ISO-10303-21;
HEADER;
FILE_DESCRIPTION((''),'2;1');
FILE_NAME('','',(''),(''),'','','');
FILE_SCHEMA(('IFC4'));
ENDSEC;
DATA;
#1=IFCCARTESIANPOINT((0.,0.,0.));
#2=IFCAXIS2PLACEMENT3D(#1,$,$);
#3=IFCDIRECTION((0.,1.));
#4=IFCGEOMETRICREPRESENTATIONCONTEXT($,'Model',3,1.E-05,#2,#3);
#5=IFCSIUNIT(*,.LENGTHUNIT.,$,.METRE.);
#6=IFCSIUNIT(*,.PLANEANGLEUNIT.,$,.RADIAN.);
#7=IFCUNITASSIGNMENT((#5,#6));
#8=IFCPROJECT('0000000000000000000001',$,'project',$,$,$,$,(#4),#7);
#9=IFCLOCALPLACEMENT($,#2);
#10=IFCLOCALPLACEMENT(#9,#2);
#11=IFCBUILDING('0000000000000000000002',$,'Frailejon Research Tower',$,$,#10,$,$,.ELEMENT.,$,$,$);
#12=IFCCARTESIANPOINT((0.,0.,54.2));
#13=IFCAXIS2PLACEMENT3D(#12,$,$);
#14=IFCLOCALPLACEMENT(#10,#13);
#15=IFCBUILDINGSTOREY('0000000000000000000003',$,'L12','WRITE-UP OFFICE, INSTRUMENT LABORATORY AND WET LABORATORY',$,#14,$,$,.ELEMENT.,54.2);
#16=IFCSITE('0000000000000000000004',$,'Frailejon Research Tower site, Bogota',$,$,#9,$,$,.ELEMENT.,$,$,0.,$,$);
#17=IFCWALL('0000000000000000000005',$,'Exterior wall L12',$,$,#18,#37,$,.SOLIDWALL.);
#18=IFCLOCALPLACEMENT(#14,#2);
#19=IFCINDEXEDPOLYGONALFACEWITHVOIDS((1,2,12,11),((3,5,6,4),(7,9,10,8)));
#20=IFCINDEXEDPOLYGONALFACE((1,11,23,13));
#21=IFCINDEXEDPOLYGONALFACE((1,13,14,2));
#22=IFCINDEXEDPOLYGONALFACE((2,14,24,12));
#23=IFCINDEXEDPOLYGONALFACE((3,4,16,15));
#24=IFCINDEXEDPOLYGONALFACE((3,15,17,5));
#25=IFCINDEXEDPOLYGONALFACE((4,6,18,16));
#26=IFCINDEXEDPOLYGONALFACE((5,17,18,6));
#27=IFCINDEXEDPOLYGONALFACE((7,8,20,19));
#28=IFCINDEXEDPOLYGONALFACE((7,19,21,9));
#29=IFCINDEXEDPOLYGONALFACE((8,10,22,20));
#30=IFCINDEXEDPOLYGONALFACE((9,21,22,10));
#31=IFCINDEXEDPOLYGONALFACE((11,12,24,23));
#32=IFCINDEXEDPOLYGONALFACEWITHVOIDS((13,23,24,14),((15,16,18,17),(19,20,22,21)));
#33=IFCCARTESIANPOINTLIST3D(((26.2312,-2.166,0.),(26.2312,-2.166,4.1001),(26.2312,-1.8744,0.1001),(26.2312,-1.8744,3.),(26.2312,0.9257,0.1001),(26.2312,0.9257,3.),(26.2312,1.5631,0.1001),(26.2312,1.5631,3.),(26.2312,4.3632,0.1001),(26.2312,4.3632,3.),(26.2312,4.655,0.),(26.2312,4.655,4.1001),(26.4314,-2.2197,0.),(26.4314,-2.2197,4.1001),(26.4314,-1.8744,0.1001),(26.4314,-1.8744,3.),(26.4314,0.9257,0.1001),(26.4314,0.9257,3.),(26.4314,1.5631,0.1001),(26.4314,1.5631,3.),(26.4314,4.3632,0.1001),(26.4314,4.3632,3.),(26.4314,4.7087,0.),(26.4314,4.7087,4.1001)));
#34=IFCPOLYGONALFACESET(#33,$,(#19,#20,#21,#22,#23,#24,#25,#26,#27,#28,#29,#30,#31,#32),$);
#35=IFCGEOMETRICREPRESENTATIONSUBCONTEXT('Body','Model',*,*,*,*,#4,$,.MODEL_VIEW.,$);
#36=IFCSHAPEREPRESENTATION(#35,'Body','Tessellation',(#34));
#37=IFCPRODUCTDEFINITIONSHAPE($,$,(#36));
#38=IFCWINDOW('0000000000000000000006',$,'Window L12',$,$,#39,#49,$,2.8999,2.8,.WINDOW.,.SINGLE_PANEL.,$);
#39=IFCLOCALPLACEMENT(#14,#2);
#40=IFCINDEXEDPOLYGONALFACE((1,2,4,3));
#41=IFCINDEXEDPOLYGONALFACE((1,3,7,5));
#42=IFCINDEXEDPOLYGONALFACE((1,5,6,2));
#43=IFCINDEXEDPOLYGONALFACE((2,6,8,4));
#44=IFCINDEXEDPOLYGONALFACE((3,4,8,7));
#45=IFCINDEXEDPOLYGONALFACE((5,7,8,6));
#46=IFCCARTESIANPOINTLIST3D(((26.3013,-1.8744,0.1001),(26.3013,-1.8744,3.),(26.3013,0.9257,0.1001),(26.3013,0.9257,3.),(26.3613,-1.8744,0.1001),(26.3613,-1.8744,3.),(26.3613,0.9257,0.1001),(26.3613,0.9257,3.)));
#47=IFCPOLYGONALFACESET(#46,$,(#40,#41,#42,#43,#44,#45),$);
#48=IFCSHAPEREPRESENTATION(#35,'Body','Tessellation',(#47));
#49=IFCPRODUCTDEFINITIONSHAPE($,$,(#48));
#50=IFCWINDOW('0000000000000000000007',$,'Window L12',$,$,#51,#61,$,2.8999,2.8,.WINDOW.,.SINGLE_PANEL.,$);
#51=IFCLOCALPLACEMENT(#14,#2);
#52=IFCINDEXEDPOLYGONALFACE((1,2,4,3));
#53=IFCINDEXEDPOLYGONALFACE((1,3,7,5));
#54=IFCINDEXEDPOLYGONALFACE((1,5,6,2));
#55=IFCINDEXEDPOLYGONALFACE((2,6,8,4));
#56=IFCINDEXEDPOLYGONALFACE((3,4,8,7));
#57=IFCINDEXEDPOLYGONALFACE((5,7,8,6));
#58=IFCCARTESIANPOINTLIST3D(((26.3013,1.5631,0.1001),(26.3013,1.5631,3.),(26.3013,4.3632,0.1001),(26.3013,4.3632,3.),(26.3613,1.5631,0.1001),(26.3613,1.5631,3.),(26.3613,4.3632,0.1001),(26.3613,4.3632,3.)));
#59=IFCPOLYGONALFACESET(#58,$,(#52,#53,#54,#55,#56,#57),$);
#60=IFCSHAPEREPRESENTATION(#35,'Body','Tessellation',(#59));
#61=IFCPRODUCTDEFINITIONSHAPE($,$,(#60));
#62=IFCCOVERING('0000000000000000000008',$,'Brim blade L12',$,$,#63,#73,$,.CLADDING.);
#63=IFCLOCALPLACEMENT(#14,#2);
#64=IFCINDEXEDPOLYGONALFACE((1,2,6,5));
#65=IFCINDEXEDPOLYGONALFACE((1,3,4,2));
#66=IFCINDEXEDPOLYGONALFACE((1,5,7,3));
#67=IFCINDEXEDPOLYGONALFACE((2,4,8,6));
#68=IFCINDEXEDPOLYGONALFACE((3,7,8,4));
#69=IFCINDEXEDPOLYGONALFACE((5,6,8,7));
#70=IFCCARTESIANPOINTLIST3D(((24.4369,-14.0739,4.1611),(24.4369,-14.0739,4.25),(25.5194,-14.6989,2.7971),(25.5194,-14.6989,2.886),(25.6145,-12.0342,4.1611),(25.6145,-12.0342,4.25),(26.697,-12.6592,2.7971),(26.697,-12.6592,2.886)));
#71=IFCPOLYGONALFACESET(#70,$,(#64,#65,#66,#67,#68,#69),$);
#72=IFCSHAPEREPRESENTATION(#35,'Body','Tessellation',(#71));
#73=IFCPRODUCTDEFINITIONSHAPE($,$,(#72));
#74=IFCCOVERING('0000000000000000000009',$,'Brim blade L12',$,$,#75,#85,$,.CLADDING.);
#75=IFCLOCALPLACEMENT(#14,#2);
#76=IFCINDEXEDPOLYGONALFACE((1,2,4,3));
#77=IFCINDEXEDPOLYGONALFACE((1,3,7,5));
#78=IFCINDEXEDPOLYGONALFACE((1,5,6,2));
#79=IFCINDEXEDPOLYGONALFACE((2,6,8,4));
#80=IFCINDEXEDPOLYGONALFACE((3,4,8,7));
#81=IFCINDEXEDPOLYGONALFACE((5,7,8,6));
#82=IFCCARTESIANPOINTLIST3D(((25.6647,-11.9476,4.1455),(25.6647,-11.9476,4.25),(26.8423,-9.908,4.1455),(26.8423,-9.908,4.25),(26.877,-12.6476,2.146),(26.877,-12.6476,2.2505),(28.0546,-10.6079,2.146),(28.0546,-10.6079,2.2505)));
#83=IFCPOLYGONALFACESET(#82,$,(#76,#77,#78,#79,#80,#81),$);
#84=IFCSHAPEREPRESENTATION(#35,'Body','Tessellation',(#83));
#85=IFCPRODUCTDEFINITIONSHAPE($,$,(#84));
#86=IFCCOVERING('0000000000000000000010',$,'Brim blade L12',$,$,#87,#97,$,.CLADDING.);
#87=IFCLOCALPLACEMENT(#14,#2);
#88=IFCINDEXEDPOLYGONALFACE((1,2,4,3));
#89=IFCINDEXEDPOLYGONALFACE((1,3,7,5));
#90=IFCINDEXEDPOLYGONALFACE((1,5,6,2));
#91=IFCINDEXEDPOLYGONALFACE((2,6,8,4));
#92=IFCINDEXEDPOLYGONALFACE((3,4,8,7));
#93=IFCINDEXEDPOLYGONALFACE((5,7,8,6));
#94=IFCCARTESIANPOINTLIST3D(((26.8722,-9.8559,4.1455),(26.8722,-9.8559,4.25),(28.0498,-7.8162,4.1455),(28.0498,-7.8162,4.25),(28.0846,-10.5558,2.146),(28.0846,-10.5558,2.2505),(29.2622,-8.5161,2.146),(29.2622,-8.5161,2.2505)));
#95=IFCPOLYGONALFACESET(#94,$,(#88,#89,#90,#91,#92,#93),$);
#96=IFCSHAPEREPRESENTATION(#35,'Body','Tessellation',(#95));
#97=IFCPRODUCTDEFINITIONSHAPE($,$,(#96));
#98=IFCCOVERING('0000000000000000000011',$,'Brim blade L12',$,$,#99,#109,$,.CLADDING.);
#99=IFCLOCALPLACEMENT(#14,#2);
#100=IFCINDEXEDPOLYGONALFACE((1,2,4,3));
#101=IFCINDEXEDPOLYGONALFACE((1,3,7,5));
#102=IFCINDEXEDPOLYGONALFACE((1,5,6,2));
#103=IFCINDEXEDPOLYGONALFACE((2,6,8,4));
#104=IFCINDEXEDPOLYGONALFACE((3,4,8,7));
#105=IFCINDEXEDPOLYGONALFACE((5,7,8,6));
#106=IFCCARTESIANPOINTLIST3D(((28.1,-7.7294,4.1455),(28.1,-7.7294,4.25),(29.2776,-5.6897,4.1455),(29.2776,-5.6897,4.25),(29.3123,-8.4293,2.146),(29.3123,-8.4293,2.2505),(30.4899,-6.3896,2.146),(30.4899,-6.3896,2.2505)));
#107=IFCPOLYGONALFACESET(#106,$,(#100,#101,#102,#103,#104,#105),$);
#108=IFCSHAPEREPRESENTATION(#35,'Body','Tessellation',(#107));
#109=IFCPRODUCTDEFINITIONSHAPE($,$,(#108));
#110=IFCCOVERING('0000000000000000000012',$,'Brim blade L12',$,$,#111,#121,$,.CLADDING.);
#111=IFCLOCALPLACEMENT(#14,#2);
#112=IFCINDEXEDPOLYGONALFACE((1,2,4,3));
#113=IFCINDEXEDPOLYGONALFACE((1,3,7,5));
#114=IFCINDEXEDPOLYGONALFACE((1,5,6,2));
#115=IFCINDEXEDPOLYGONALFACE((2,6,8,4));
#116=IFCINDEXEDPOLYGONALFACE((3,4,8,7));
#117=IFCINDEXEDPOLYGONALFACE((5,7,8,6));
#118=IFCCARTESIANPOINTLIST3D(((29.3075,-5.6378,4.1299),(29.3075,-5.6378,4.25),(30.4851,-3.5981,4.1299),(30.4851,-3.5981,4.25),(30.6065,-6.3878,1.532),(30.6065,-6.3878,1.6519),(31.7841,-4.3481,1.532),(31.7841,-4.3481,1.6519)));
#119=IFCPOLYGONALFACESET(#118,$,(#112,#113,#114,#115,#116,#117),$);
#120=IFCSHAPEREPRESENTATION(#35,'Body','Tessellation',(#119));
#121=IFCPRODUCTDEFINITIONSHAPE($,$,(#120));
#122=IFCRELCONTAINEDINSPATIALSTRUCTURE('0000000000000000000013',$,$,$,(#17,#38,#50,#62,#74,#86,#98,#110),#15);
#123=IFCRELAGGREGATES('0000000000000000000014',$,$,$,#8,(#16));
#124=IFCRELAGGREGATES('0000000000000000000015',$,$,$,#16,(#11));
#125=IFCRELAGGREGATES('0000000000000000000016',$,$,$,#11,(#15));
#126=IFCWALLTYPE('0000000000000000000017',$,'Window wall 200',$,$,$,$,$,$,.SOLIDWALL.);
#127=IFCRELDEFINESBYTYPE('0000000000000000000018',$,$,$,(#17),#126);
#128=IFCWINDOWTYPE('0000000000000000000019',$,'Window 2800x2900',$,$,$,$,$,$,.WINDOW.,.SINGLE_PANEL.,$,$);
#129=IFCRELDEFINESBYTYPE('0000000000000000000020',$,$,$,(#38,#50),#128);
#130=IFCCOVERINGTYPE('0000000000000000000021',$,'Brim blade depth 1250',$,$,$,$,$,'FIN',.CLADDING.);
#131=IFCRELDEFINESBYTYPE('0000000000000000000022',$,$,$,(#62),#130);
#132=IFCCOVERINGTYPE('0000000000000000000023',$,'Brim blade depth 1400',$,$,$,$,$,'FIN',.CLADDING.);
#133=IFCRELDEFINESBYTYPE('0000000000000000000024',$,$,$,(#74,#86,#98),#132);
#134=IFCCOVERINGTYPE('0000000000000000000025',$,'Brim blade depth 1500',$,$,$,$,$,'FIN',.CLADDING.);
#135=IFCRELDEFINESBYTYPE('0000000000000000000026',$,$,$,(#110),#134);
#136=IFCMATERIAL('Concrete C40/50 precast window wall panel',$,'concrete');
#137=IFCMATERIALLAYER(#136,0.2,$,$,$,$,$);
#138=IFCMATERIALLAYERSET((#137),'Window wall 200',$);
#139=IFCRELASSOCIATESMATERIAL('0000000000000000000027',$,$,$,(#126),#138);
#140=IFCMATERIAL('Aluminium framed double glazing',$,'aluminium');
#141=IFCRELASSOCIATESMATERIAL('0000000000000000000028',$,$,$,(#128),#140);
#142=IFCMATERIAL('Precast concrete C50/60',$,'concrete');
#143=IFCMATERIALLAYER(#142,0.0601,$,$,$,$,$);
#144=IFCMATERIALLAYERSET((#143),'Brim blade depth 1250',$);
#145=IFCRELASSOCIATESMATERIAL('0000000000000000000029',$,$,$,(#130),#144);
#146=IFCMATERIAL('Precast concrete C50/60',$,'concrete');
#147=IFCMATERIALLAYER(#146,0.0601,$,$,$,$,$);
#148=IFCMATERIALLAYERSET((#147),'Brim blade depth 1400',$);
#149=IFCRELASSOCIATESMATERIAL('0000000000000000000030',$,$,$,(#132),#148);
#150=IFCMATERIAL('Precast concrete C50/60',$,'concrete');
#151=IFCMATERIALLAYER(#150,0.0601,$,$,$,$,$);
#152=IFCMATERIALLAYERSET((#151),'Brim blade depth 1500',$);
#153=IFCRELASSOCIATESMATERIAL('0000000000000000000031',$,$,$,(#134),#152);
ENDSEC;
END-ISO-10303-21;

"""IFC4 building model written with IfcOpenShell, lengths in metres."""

from ifc_helpers import new_model, si_unit, direction, frame, frame_2d, origin, place, context, subcontext, project, spatial, polyline, rectangle, outline, extrude, material, layer, layer_set, type_object, element, fill, save


model = new_model("IFC4")

# Units and contexts
model_context = context("Model", 3, precision=1e-05, world=origin(), true_north=direction((0.0, 1.0)))
body_context = subcontext(model_context, "Body", "Model", "MODEL_VIEW")
ifc_project = project(units=[si_unit("LENGTHUNIT", "METRE"), si_unit("PLANEANGLEUNIT", "RADIAN")], contexts=[model_context])

# Site, building, storey
site_placement = place(None, origin())
site = spatial("IfcSite", under=ifc_project, at=site_placement, Name="Frailejon Research Tower site, Bogota", CompositionType="ELEMENT", RefElevation=0.0)
building_placement = place(site_placement, origin())
building = spatial("IfcBuilding", under=site, at=building_placement, Name="Frailejon Research Tower", CompositionType="ELEMENT")
storey_placement = place(building_placement, frame((0.0, 0.0, 54.2)))
storey = spatial("IfcBuildingStorey", under=building, at=storey_placement, Name="L12", Description="WRITE-UP OFFICE, INSTRUMENT LABORATORY AND WET LABORATORY", CompositionType="ELEMENT", Elevation=54.2)

# Wall, openings, windows
ifc_material_1 = material(Name="Concrete C40/50 precast window wall panel", Category="concrete")
ifc_layer_1 = layer(ifc_material_1, 0.2)
ifc_layer_set_1 = layer_set([ifc_layer_1], Name="Window wall 200")
wall_type_1 = type_object("IfcWallType", Name="Window wall 200", PredefinedType="SOLIDWALL", material=ifc_layer_set_1)
wall_1_placement = place(storey_placement, frame((26.3313, -2.1929, 0.0), z_axis=(0.0, 0.0, 1.0), x_axis=(0.0, 1.0, 0.0)))
wall_1 = element("IfcWall", 1, at=wall_1_placement, inside=storey, type_object=wall_type_1, Name="Exterior wall L12", PredefinedType="SOLIDWALL", context=body_context, shape_type="SweptSolid", body=[
    extrude(outline(polyline([(-0.0269, -0.1001), (1.1279, -0.1001), (2.2827, -0.1001), (3.4375, -0.1001), (4.592, -0.1001), (5.7468, -0.1001), (6.9016, -0.1001), (6.8479, 0.1001), (5.7109, 0.1001), (4.5742, 0.1001), (3.4375, 0.1001), (2.3005, 0.1001), (1.1636, 0.1001), (0.0269, 0.1001), (-0.0269, -0.1001)])), origin(), (0.0, 0.0, 1.0), 4.1001),
])
opening_1_placement = place(wall_1_placement, frame((0.3186, 0.0, 0.1001)))
opening_1 = element("IfcOpeningElement", 2, at=opening_1_placement, cuts=wall_1, PredefinedType="OPENING", context=body_context, shape_type="SweptSolid", body=[
    extrude(rectangle(XDim=2.8, YDim=2.8999, at=frame_2d((1.3999, 1.45))), frame((0.0, 0.1099, 0.0), z_axis=(0.0, -1.0, 0.0), x_axis=(1.0, 0.0, 0.0)), (0.0, 0.0, 1.0), 0.22),
])
opening_2_placement = place(wall_1_placement, frame((3.7561, 0.0, 0.1001)))
opening_2 = element("IfcOpeningElement", 3, at=opening_2_placement, cuts=wall_1, PredefinedType="OPENING", context=body_context, shape_type="SweptSolid", body=[
    extrude(rectangle(XDim=2.8, YDim=2.8999, at=frame_2d((1.3999, 1.45))), frame((0.0, 0.1099, 0.0), z_axis=(0.0, -1.0, 0.0), x_axis=(1.0, 0.0, 0.0)), (0.0, 0.0, 1.0), 0.22),
])
ifc_material_2 = material(Name="Aluminium framed double glazing", Category="aluminium")
window_type = type_object("IfcWindowType", Name="Window 2800x2900", PartitioningType="SINGLE_PANEL", PredefinedType="WINDOW", material=ifc_material_2)
window_1_placement = place(opening_1_placement, origin())
window_1 = element("IfcWindow", 4, at=window_1_placement, inside=storey, type_object=window_type, Name="Window L12", OverallHeight=2.8999, OverallWidth=2.8, PartitioningType="SINGLE_PANEL", PredefinedType="WINDOW", context=body_context, shape_type="SweptSolid", body=[
    extrude(rectangle(XDim=2.8, YDim=2.8999, at=frame_2d((1.3999, 1.45))), frame((0.0, 0.03, 0.0), z_axis=(0.0, -1.0, 0.0), x_axis=(1.0, 0.0, 0.0)), (0.0, 0.0, 1.0), 0.0601),
])
fill(opening_1, window_1)
window_2_placement = place(opening_2_placement, origin())
window_2 = element("IfcWindow", 5, at=window_2_placement, inside=storey, type_object=window_type, Name="Window L12", OverallHeight=2.8999, OverallWidth=2.8, PartitioningType="SINGLE_PANEL", PredefinedType="WINDOW", context=body_context, shape_type="SweptSolid", body=[
    extrude(rectangle(XDim=2.8, YDim=2.8999, at=frame_2d((1.3999, 1.45))), frame((0.0, 0.03, 0.0), z_axis=(0.0, -1.0, 0.0), x_axis=(1.0, 0.0, 0.0)), (0.0, 0.0, 1.0), 0.0601),
])
fill(opening_2, window_2)

# Coverings
ifc_material_3 = material(Name="Precast concrete C50/60", Category="concrete")
ifc_layer_2 = layer(ifc_material_3, 0.0601)
ifc_layer_set_2 = layer_set([ifc_layer_2], Name="Brim blade depth 1250")
covering_type_1 = type_object("IfcCoveringType", Name="Brim blade depth 1250", ElementType="FIN", PredefinedType="CLADDING", material=ifc_layer_set_2)
covering_1_placement = place(storey_placement, frame((25.6145, -12.0342, 4.25), z_axis=(-0.500006, -0.866022, 0.0), x_axis=(0.866022, -0.500006, 0.0)))
element("IfcCovering", 6, at=covering_1_placement, inside=storey, type_object=covering_type_1, Name="Brim blade L12", PredefinedType="CLADDING", context=body_context, shape_type="SweptSolid", body=[
    extrude(outline(polyline([(0.0, -0.0889), (1.25, -1.4529), (1.25, -1.364), (0.0, 0.0), (0.0, -0.0889)])), origin(), (0.0, 0.0, 1.0), 2.3552),
])
ifc_material_4 = material(Name="Precast concrete C50/60", Category="concrete")
ifc_layer_3 = layer(ifc_material_4, 0.0601)
ifc_layer_set_3 = layer_set([ifc_layer_3], Name="Brim blade depth 1400")
covering_type_2 = type_object("IfcCoveringType", Name="Brim blade depth 1400", ElementType="FIN", PredefinedType="CLADDING", material=ifc_layer_set_3)
for number, where, z_axis, x_axis, name in (
    (7, (26.8423, -9.908, 4.25), (-0.499997, -0.866027, 0.0), (0.866027, -0.499997, 0.0), "Brim blade L12"),
    (8, (28.0498, -7.8162, 4.25), (-0.499997, -0.866027, 0.0), (0.866027, -0.499997, 0.0), "Brim blade L12"),
    (9, (29.2776, -5.6897, 4.25), (-0.499997, -0.866027, 0.0), (0.866027, -0.499997, 0.0), "Brim blade L12"),
):
    element("IfcCovering", number, at=place(storey_placement, frame(where, z_axis=z_axis, x_axis=x_axis)), inside=storey, type_object=covering_type_2, Name=name, PredefinedType="CLADDING", context=body_context, shape_type="SweptSolid", body=[
        extrude(outline(polyline([(0.0, -0.1045), (1.3999, -2.104), (1.3999, -1.9995), (0.0, 0.0), (0.0, -0.1045)])), origin(), (0.0, 0.0, 1.0), 2.3552),
    ])
ifc_material_5 = material(Name="Precast concrete C50/60", Category="concrete")
ifc_layer_4 = layer(ifc_material_5, 0.0601)
ifc_layer_set_4 = layer_set([ifc_layer_4], Name="Brim blade depth 1500")
covering_type_3 = type_object("IfcCoveringType", Name="Brim blade depth 1500", ElementType="FIN", PredefinedType="CLADDING", material=ifc_layer_set_4)
covering_2_placement = place(storey_placement, frame((30.4851, -3.5981, 4.25), z_axis=(-0.499997, -0.866027, 0.0), x_axis=(0.866027, -0.499997, 0.0)))
element("IfcCovering", 10, at=covering_2_placement, inside=storey, type_object=covering_type_3, Name="Brim blade L12", PredefinedType="CLADDING", context=body_context, shape_type="SweptSolid", body=[
    extrude(outline(polyline([(0.0, -0.1201), (1.5, -2.718), (1.5, -2.5981), (0.0, 0.0), (0.0, -0.1201)])), origin(), (0.0, 0.0, 1.0), 2.3552),
])

save(model, "model.ifc")
